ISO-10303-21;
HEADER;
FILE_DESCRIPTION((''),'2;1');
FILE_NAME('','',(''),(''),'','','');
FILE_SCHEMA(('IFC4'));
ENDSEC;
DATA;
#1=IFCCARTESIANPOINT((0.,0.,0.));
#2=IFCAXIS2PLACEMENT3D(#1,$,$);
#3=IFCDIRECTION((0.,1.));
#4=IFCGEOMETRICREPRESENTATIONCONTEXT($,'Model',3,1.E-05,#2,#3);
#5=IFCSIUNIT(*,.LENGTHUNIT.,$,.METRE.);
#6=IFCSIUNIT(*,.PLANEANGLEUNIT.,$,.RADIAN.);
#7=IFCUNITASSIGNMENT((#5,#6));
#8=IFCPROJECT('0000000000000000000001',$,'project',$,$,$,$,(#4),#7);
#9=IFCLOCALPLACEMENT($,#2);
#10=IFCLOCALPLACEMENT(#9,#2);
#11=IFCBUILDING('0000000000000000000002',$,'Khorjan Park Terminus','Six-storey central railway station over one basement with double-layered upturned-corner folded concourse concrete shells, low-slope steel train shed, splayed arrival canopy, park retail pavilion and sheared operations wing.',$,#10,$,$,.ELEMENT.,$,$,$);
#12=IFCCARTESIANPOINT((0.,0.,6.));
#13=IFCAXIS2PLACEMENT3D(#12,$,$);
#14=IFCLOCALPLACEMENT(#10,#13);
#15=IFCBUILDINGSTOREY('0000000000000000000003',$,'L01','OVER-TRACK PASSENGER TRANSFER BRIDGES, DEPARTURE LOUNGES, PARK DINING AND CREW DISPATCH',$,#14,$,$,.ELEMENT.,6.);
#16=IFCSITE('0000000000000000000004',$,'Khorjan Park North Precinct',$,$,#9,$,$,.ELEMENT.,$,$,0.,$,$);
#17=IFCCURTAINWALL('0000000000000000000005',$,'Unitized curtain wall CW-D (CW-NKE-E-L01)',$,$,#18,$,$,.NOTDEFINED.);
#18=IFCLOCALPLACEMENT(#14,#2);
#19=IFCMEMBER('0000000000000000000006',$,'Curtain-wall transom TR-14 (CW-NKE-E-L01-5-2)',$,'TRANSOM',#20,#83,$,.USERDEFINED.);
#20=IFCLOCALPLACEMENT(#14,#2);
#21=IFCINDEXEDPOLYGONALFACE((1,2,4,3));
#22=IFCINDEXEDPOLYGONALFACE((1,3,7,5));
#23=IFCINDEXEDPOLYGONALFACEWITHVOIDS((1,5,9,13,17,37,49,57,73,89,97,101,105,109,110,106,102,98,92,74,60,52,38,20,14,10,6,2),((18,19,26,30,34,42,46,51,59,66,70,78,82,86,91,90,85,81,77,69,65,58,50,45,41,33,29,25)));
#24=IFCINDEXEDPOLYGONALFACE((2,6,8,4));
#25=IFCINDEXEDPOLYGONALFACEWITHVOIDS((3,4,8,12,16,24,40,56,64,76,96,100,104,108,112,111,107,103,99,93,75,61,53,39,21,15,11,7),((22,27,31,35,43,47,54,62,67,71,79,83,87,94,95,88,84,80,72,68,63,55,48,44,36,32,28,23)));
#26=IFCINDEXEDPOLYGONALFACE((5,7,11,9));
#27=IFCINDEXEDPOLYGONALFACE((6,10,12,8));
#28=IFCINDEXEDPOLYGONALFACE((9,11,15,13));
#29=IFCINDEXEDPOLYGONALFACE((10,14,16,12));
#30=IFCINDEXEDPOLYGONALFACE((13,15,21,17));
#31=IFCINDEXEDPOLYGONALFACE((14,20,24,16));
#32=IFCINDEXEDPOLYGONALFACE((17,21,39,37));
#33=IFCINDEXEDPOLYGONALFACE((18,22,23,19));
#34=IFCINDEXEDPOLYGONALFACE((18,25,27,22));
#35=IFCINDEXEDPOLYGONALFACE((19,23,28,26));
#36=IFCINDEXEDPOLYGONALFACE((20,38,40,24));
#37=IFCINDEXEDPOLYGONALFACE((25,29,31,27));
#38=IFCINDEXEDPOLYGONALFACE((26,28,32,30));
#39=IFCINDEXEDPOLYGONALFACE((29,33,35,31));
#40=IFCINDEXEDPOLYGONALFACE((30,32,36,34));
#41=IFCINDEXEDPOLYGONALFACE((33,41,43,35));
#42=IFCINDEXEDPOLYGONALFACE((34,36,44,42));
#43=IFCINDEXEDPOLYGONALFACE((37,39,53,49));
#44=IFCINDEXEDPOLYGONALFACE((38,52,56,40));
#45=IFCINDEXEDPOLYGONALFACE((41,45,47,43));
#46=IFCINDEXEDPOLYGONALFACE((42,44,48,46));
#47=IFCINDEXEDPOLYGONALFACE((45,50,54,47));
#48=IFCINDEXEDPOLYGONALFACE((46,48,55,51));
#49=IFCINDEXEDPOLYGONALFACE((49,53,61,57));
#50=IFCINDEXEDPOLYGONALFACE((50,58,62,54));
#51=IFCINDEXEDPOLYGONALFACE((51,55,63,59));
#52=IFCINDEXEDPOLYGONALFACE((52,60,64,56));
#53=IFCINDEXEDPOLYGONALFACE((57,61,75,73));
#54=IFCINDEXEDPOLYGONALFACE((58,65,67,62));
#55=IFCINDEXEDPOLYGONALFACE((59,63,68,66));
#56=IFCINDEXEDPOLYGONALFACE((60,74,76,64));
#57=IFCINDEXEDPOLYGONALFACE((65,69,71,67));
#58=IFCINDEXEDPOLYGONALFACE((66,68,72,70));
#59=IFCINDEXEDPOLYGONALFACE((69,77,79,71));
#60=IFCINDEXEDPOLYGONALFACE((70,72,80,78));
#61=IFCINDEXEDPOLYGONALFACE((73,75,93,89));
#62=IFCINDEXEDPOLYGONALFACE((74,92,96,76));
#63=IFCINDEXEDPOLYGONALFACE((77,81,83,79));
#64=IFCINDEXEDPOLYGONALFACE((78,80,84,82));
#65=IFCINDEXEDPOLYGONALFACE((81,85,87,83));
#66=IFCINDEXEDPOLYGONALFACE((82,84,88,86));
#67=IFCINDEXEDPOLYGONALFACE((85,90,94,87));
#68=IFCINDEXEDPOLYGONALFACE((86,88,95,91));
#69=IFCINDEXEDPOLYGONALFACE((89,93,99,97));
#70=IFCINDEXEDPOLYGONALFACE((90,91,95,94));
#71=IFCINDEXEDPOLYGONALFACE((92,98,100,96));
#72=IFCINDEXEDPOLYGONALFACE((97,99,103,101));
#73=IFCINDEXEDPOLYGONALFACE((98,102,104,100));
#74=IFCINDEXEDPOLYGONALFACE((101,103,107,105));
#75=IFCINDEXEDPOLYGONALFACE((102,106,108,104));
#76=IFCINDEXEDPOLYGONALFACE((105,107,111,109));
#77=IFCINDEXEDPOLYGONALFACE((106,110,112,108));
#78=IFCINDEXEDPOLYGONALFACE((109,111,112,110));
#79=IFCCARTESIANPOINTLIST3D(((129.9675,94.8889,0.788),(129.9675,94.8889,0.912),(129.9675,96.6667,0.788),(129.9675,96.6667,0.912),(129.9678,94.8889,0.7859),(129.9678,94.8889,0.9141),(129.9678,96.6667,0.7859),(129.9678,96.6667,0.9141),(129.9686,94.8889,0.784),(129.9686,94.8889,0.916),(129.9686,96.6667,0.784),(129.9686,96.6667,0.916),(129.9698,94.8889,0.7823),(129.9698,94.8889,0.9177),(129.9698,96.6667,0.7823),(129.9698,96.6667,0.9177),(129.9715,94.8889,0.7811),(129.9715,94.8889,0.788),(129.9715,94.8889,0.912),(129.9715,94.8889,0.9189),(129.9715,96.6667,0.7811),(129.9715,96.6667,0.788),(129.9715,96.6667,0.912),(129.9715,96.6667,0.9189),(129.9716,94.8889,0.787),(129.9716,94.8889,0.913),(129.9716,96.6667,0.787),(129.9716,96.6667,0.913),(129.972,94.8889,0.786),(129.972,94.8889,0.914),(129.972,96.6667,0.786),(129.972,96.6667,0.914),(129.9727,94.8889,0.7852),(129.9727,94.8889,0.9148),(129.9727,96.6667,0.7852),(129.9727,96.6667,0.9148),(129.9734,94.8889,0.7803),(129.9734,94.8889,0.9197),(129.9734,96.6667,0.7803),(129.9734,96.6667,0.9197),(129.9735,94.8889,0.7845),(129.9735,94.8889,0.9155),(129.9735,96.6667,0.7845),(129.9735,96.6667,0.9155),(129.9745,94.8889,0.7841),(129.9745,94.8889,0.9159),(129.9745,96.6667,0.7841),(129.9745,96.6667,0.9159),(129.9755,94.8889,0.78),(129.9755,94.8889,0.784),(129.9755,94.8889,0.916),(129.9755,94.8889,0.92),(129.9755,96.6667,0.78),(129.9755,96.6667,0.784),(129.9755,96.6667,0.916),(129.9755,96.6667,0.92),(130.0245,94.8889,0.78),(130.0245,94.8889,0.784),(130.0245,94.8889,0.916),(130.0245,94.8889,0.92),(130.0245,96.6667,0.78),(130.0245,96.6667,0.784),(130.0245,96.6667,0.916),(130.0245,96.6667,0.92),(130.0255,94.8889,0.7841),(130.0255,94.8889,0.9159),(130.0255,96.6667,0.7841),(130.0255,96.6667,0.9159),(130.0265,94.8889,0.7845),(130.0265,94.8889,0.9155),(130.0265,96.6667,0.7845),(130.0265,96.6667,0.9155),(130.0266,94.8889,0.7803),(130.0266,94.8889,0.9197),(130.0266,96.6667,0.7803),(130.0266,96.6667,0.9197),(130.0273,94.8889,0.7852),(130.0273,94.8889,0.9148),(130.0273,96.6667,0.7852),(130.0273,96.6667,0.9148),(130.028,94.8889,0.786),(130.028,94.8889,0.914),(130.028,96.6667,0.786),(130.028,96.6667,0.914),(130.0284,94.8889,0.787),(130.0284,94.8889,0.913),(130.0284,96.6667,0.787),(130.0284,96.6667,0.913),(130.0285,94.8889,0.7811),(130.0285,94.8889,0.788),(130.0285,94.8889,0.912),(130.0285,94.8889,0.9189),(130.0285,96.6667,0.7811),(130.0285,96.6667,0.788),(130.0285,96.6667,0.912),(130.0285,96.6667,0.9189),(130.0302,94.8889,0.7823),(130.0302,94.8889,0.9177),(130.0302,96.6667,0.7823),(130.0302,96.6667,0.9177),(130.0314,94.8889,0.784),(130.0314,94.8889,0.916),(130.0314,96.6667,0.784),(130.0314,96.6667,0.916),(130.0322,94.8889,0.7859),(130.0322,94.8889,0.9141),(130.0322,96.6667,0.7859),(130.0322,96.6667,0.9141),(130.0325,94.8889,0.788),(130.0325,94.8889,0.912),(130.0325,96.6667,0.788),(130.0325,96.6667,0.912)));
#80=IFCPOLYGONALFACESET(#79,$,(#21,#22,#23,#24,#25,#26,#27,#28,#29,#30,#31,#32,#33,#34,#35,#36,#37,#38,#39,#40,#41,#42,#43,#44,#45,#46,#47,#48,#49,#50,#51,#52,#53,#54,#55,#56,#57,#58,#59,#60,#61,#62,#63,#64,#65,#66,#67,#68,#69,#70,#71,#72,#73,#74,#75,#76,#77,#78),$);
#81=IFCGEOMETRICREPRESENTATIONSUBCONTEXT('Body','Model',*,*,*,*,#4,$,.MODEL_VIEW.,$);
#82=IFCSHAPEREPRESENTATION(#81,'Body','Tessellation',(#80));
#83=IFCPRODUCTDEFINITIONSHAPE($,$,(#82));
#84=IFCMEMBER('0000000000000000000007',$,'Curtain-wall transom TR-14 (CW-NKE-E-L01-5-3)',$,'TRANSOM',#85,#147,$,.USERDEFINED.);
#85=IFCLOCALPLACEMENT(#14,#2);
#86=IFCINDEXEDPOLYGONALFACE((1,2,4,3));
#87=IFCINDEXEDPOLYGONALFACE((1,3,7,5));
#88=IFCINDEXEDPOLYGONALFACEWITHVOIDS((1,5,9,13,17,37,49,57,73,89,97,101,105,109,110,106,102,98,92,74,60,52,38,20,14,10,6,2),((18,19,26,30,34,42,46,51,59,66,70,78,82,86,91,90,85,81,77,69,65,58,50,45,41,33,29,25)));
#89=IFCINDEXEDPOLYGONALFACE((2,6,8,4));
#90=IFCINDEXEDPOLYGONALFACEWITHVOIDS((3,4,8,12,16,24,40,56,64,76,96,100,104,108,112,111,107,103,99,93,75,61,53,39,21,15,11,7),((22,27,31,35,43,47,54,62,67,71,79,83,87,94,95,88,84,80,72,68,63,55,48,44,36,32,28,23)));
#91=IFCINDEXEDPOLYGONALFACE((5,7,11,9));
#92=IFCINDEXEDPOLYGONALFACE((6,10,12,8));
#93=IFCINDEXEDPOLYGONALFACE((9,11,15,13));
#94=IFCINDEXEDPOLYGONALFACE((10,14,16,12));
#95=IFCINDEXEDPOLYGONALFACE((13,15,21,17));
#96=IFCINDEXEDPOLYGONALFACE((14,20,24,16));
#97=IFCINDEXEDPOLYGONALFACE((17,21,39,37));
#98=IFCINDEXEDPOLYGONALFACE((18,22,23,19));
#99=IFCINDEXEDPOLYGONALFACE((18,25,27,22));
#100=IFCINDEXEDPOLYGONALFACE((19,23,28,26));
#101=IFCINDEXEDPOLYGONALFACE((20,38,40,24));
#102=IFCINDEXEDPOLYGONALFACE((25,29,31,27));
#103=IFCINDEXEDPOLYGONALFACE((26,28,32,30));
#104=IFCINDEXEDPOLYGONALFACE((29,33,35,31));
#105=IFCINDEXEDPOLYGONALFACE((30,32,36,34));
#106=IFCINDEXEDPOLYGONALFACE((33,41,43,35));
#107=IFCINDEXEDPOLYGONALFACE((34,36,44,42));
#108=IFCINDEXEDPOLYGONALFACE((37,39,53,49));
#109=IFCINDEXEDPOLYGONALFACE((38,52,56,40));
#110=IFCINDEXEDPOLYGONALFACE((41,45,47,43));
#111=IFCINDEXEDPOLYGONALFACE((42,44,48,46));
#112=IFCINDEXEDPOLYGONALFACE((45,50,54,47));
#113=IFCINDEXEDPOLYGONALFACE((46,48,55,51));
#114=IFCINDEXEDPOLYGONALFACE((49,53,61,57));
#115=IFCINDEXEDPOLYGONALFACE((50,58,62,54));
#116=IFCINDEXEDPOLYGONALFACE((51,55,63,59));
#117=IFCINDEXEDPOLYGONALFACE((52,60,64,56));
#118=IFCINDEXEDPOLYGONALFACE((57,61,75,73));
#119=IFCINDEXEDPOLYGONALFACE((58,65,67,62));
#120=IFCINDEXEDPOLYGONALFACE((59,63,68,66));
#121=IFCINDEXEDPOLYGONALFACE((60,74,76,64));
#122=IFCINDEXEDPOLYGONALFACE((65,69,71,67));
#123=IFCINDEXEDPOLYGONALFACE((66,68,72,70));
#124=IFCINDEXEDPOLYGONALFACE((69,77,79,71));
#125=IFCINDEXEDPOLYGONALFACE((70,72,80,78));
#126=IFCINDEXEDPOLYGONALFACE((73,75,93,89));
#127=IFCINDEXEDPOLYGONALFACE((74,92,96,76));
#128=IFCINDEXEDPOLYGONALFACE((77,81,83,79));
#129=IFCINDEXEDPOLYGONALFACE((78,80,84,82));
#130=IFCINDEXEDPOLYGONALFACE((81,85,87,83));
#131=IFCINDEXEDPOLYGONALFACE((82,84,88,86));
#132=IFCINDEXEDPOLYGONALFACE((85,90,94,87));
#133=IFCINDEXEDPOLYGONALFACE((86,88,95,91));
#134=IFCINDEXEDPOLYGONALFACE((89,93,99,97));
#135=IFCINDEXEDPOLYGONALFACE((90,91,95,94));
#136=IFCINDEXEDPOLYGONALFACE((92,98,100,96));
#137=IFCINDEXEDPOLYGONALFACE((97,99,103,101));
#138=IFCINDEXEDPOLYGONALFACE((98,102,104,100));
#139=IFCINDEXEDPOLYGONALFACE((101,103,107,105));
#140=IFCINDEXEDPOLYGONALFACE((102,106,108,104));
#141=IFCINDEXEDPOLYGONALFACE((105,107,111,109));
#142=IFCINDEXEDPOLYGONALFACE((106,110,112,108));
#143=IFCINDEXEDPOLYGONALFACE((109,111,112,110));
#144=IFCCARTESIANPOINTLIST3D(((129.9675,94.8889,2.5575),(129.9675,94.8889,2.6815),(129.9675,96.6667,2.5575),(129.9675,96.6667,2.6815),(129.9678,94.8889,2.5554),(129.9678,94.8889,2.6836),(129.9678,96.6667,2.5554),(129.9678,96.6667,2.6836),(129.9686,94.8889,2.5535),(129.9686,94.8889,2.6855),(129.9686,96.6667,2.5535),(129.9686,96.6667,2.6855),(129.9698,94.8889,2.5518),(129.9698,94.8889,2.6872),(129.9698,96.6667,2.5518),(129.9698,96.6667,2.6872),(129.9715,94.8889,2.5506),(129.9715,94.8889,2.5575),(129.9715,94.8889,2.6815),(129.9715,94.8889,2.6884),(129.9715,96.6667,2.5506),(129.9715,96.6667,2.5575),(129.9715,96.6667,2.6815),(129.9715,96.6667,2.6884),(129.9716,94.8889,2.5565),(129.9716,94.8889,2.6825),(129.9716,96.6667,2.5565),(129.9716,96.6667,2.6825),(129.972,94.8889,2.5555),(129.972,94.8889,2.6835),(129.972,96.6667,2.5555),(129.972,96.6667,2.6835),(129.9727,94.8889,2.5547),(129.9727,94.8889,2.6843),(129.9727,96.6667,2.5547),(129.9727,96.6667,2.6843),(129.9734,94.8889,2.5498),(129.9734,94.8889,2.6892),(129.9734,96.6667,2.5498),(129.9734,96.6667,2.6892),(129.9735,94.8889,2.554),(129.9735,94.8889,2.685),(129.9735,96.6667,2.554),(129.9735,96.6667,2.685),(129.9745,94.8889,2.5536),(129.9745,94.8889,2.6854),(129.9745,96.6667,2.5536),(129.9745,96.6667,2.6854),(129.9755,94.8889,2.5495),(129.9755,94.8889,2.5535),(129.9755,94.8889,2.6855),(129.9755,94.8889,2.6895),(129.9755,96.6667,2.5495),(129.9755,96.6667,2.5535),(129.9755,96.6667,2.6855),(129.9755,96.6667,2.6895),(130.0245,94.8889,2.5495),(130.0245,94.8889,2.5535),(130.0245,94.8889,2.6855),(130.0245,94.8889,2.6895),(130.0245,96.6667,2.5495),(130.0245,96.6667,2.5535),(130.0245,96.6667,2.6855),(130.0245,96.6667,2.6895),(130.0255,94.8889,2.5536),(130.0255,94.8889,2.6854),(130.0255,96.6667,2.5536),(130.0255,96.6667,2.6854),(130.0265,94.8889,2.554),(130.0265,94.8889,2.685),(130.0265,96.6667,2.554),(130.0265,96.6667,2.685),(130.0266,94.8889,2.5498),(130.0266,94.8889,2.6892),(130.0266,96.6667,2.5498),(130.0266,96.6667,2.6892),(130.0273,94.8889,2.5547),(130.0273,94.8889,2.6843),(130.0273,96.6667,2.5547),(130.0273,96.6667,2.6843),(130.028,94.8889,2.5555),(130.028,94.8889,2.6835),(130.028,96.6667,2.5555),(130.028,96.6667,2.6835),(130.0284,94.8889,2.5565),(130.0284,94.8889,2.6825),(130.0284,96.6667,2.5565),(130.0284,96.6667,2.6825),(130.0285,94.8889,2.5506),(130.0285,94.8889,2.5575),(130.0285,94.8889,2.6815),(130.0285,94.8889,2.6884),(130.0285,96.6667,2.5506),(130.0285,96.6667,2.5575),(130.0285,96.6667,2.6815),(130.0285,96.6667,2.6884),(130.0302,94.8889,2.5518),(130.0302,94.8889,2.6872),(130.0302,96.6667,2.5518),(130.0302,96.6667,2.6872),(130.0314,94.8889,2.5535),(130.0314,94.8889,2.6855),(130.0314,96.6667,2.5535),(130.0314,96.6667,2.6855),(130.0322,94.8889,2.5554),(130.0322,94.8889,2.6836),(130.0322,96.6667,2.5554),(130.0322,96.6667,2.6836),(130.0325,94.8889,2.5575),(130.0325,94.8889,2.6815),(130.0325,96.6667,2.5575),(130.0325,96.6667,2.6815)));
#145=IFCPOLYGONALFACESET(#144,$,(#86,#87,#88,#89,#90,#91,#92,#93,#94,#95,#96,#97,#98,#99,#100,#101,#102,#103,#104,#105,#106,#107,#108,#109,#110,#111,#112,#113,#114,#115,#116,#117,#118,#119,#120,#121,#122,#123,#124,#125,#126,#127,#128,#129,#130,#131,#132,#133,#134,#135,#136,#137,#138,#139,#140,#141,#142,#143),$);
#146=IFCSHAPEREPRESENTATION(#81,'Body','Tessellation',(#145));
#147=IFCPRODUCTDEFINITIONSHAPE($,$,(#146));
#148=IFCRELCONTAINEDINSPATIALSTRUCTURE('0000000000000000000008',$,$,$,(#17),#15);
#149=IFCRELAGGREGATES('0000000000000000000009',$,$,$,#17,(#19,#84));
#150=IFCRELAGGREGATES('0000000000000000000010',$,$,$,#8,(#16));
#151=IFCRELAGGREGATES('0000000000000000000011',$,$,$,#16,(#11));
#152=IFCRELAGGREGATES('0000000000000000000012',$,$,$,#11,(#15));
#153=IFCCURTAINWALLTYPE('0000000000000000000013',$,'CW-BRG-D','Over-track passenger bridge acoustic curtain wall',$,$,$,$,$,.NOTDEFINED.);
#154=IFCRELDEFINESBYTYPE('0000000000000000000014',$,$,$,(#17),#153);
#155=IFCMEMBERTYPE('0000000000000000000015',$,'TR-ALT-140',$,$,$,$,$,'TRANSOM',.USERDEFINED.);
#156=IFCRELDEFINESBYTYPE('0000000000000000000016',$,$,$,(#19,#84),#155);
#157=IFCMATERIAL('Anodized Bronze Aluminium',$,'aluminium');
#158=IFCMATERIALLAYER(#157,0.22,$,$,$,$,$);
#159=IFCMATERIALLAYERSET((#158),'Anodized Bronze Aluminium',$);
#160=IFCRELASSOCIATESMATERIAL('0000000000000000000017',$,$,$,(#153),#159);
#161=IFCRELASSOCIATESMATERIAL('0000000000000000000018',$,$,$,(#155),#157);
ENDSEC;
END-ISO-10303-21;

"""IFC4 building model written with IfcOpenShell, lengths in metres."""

from ifc_helpers import new_model, si_unit, direction, frame, origin, origin_2d, place, context, subcontext, project, spatial, hollow_rectangle, extrude, material, layer, layer_set, material_profile, profile_set, type_object, element, aggregate, save


model = new_model("IFC4")

# Units and contexts
model_context = context("Model", 3, precision=1e-05, world=origin(), true_north=direction((0.0, 1.0)))
body_context = subcontext(model_context, "Body", "Model", "MODEL_VIEW")
ifc_project = project(units=[si_unit("LENGTHUNIT", "METRE"), si_unit("PLANEANGLEUNIT", "RADIAN")], contexts=[model_context])

# Site, building, storey
site_placement = place(None, origin())
site = spatial("IfcSite", under=ifc_project, at=site_placement, Name="Khorjan Park North Precinct", CompositionType="ELEMENT", RefElevation=0.0)
building_placement = place(site_placement, origin())
building = spatial("IfcBuilding", under=site, at=building_placement, Name="Khorjan Park Terminus", Description="Six-storey central railway station over one basement with double-layered upturned-corner folded concourse concrete shells, low-slope steel train shed, splayed arrival canopy, park retail pavilion and sheared operations wing.", CompositionType="ELEMENT")
storey_placement = place(building_placement, frame((0.0, 0.0, 6.0)))
storey = spatial("IfcBuildingStorey", under=building, at=storey_placement, Name="L01", Description="OVER-TRACK PASSENGER TRANSFER BRIDGES, DEPARTURE LOUNGES, PARK DINING AND CREW DISPATCH", CompositionType="ELEMENT", Elevation=6.0)

# Curtain wall, members
ifc_material_1 = material(Name="Anodized Bronze Aluminium", Category="aluminium")
ifc_layer_1 = layer(ifc_material_1, 0.22)
ifc_layer_set_1 = layer_set([ifc_layer_1], Name="Anodized Bronze Aluminium")
curtain_wall_type = type_object("IfcCurtainWallType", Name="CW-BRG-D", Description="Over-track passenger bridge acoustic curtain wall", PredefinedType="NOTDEFINED", material=ifc_layer_set_1)
curtain_wall_placement = place(storey_placement, origin())
curtain_wall = element("IfcCurtainWall", 1, at=curtain_wall_placement, inside=storey, type_object=curtain_wall_type, Name="Unitized curtain wall CW-D (CW-NKE-E-L01)", PredefinedType="NOTDEFINED")
ifc_material_profile_1 = material_profile(ifc_material_1, hollow_rectangle(XDim=0.065, YDim=0.14, WallThickness=0.004, InnerFilletRadius=0.004, OuterFilletRadius=0.008, at=origin_2d()), Name="ALT 65x140x4")
ifc_profile_set_1 = profile_set([ifc_material_profile_1], Name="Anodized Bronze Aluminium")
member_type_1 = type_object("IfcMemberType", Name="TR-ALT-140", ElementType="TRANSOM", PredefinedType="USERDEFINED", material=ifc_profile_set_1)
member_1_placement = place(storey_placement, frame((130.0, 94.8889, 0.85), z_axis=(0.0, 1.0, 0.0), x_axis=(-1.0, 0.0, 0.0)))
member_1 = element("IfcMember", 2, at=member_1_placement, type_object=member_type_1, Name="Curtain-wall transom TR-14 (CW-NKE-E-L01-5-2)", ObjectType="TRANSOM", PredefinedType="USERDEFINED", context=body_context, shape_type="SweptSolid", body=[
    extrude(hollow_rectangle(XDim=0.065, YDim=0.14, WallThickness=0.004, InnerFilletRadius=0.004, OuterFilletRadius=0.008, at=origin_2d()), origin(), (0.0, 0.0, 1.0), 1.7778),
])
member_2_placement = place(storey_placement, frame((130.0, 94.8889, 2.6195), z_axis=(0.0, 1.0, 0.0), x_axis=(-1.0, 0.0, 0.0)))
member_2 = element("IfcMember", 3, at=member_2_placement, type_object=member_type_1, Name="Curtain-wall transom TR-14 (CW-NKE-E-L01-5-3)", ObjectType="TRANSOM", PredefinedType="USERDEFINED", context=body_context, shape_type="SweptSolid", body=[
    extrude(hollow_rectangle(XDim=0.065, YDim=0.14, WallThickness=0.004, InnerFilletRadius=0.004, OuterFilletRadius=0.008, at=origin_2d()), origin(), (0.0, 0.0, 1.0), 1.7778),
])
aggregate(curtain_wall, [member_1, member_2])

save(model, "model.ifc")
